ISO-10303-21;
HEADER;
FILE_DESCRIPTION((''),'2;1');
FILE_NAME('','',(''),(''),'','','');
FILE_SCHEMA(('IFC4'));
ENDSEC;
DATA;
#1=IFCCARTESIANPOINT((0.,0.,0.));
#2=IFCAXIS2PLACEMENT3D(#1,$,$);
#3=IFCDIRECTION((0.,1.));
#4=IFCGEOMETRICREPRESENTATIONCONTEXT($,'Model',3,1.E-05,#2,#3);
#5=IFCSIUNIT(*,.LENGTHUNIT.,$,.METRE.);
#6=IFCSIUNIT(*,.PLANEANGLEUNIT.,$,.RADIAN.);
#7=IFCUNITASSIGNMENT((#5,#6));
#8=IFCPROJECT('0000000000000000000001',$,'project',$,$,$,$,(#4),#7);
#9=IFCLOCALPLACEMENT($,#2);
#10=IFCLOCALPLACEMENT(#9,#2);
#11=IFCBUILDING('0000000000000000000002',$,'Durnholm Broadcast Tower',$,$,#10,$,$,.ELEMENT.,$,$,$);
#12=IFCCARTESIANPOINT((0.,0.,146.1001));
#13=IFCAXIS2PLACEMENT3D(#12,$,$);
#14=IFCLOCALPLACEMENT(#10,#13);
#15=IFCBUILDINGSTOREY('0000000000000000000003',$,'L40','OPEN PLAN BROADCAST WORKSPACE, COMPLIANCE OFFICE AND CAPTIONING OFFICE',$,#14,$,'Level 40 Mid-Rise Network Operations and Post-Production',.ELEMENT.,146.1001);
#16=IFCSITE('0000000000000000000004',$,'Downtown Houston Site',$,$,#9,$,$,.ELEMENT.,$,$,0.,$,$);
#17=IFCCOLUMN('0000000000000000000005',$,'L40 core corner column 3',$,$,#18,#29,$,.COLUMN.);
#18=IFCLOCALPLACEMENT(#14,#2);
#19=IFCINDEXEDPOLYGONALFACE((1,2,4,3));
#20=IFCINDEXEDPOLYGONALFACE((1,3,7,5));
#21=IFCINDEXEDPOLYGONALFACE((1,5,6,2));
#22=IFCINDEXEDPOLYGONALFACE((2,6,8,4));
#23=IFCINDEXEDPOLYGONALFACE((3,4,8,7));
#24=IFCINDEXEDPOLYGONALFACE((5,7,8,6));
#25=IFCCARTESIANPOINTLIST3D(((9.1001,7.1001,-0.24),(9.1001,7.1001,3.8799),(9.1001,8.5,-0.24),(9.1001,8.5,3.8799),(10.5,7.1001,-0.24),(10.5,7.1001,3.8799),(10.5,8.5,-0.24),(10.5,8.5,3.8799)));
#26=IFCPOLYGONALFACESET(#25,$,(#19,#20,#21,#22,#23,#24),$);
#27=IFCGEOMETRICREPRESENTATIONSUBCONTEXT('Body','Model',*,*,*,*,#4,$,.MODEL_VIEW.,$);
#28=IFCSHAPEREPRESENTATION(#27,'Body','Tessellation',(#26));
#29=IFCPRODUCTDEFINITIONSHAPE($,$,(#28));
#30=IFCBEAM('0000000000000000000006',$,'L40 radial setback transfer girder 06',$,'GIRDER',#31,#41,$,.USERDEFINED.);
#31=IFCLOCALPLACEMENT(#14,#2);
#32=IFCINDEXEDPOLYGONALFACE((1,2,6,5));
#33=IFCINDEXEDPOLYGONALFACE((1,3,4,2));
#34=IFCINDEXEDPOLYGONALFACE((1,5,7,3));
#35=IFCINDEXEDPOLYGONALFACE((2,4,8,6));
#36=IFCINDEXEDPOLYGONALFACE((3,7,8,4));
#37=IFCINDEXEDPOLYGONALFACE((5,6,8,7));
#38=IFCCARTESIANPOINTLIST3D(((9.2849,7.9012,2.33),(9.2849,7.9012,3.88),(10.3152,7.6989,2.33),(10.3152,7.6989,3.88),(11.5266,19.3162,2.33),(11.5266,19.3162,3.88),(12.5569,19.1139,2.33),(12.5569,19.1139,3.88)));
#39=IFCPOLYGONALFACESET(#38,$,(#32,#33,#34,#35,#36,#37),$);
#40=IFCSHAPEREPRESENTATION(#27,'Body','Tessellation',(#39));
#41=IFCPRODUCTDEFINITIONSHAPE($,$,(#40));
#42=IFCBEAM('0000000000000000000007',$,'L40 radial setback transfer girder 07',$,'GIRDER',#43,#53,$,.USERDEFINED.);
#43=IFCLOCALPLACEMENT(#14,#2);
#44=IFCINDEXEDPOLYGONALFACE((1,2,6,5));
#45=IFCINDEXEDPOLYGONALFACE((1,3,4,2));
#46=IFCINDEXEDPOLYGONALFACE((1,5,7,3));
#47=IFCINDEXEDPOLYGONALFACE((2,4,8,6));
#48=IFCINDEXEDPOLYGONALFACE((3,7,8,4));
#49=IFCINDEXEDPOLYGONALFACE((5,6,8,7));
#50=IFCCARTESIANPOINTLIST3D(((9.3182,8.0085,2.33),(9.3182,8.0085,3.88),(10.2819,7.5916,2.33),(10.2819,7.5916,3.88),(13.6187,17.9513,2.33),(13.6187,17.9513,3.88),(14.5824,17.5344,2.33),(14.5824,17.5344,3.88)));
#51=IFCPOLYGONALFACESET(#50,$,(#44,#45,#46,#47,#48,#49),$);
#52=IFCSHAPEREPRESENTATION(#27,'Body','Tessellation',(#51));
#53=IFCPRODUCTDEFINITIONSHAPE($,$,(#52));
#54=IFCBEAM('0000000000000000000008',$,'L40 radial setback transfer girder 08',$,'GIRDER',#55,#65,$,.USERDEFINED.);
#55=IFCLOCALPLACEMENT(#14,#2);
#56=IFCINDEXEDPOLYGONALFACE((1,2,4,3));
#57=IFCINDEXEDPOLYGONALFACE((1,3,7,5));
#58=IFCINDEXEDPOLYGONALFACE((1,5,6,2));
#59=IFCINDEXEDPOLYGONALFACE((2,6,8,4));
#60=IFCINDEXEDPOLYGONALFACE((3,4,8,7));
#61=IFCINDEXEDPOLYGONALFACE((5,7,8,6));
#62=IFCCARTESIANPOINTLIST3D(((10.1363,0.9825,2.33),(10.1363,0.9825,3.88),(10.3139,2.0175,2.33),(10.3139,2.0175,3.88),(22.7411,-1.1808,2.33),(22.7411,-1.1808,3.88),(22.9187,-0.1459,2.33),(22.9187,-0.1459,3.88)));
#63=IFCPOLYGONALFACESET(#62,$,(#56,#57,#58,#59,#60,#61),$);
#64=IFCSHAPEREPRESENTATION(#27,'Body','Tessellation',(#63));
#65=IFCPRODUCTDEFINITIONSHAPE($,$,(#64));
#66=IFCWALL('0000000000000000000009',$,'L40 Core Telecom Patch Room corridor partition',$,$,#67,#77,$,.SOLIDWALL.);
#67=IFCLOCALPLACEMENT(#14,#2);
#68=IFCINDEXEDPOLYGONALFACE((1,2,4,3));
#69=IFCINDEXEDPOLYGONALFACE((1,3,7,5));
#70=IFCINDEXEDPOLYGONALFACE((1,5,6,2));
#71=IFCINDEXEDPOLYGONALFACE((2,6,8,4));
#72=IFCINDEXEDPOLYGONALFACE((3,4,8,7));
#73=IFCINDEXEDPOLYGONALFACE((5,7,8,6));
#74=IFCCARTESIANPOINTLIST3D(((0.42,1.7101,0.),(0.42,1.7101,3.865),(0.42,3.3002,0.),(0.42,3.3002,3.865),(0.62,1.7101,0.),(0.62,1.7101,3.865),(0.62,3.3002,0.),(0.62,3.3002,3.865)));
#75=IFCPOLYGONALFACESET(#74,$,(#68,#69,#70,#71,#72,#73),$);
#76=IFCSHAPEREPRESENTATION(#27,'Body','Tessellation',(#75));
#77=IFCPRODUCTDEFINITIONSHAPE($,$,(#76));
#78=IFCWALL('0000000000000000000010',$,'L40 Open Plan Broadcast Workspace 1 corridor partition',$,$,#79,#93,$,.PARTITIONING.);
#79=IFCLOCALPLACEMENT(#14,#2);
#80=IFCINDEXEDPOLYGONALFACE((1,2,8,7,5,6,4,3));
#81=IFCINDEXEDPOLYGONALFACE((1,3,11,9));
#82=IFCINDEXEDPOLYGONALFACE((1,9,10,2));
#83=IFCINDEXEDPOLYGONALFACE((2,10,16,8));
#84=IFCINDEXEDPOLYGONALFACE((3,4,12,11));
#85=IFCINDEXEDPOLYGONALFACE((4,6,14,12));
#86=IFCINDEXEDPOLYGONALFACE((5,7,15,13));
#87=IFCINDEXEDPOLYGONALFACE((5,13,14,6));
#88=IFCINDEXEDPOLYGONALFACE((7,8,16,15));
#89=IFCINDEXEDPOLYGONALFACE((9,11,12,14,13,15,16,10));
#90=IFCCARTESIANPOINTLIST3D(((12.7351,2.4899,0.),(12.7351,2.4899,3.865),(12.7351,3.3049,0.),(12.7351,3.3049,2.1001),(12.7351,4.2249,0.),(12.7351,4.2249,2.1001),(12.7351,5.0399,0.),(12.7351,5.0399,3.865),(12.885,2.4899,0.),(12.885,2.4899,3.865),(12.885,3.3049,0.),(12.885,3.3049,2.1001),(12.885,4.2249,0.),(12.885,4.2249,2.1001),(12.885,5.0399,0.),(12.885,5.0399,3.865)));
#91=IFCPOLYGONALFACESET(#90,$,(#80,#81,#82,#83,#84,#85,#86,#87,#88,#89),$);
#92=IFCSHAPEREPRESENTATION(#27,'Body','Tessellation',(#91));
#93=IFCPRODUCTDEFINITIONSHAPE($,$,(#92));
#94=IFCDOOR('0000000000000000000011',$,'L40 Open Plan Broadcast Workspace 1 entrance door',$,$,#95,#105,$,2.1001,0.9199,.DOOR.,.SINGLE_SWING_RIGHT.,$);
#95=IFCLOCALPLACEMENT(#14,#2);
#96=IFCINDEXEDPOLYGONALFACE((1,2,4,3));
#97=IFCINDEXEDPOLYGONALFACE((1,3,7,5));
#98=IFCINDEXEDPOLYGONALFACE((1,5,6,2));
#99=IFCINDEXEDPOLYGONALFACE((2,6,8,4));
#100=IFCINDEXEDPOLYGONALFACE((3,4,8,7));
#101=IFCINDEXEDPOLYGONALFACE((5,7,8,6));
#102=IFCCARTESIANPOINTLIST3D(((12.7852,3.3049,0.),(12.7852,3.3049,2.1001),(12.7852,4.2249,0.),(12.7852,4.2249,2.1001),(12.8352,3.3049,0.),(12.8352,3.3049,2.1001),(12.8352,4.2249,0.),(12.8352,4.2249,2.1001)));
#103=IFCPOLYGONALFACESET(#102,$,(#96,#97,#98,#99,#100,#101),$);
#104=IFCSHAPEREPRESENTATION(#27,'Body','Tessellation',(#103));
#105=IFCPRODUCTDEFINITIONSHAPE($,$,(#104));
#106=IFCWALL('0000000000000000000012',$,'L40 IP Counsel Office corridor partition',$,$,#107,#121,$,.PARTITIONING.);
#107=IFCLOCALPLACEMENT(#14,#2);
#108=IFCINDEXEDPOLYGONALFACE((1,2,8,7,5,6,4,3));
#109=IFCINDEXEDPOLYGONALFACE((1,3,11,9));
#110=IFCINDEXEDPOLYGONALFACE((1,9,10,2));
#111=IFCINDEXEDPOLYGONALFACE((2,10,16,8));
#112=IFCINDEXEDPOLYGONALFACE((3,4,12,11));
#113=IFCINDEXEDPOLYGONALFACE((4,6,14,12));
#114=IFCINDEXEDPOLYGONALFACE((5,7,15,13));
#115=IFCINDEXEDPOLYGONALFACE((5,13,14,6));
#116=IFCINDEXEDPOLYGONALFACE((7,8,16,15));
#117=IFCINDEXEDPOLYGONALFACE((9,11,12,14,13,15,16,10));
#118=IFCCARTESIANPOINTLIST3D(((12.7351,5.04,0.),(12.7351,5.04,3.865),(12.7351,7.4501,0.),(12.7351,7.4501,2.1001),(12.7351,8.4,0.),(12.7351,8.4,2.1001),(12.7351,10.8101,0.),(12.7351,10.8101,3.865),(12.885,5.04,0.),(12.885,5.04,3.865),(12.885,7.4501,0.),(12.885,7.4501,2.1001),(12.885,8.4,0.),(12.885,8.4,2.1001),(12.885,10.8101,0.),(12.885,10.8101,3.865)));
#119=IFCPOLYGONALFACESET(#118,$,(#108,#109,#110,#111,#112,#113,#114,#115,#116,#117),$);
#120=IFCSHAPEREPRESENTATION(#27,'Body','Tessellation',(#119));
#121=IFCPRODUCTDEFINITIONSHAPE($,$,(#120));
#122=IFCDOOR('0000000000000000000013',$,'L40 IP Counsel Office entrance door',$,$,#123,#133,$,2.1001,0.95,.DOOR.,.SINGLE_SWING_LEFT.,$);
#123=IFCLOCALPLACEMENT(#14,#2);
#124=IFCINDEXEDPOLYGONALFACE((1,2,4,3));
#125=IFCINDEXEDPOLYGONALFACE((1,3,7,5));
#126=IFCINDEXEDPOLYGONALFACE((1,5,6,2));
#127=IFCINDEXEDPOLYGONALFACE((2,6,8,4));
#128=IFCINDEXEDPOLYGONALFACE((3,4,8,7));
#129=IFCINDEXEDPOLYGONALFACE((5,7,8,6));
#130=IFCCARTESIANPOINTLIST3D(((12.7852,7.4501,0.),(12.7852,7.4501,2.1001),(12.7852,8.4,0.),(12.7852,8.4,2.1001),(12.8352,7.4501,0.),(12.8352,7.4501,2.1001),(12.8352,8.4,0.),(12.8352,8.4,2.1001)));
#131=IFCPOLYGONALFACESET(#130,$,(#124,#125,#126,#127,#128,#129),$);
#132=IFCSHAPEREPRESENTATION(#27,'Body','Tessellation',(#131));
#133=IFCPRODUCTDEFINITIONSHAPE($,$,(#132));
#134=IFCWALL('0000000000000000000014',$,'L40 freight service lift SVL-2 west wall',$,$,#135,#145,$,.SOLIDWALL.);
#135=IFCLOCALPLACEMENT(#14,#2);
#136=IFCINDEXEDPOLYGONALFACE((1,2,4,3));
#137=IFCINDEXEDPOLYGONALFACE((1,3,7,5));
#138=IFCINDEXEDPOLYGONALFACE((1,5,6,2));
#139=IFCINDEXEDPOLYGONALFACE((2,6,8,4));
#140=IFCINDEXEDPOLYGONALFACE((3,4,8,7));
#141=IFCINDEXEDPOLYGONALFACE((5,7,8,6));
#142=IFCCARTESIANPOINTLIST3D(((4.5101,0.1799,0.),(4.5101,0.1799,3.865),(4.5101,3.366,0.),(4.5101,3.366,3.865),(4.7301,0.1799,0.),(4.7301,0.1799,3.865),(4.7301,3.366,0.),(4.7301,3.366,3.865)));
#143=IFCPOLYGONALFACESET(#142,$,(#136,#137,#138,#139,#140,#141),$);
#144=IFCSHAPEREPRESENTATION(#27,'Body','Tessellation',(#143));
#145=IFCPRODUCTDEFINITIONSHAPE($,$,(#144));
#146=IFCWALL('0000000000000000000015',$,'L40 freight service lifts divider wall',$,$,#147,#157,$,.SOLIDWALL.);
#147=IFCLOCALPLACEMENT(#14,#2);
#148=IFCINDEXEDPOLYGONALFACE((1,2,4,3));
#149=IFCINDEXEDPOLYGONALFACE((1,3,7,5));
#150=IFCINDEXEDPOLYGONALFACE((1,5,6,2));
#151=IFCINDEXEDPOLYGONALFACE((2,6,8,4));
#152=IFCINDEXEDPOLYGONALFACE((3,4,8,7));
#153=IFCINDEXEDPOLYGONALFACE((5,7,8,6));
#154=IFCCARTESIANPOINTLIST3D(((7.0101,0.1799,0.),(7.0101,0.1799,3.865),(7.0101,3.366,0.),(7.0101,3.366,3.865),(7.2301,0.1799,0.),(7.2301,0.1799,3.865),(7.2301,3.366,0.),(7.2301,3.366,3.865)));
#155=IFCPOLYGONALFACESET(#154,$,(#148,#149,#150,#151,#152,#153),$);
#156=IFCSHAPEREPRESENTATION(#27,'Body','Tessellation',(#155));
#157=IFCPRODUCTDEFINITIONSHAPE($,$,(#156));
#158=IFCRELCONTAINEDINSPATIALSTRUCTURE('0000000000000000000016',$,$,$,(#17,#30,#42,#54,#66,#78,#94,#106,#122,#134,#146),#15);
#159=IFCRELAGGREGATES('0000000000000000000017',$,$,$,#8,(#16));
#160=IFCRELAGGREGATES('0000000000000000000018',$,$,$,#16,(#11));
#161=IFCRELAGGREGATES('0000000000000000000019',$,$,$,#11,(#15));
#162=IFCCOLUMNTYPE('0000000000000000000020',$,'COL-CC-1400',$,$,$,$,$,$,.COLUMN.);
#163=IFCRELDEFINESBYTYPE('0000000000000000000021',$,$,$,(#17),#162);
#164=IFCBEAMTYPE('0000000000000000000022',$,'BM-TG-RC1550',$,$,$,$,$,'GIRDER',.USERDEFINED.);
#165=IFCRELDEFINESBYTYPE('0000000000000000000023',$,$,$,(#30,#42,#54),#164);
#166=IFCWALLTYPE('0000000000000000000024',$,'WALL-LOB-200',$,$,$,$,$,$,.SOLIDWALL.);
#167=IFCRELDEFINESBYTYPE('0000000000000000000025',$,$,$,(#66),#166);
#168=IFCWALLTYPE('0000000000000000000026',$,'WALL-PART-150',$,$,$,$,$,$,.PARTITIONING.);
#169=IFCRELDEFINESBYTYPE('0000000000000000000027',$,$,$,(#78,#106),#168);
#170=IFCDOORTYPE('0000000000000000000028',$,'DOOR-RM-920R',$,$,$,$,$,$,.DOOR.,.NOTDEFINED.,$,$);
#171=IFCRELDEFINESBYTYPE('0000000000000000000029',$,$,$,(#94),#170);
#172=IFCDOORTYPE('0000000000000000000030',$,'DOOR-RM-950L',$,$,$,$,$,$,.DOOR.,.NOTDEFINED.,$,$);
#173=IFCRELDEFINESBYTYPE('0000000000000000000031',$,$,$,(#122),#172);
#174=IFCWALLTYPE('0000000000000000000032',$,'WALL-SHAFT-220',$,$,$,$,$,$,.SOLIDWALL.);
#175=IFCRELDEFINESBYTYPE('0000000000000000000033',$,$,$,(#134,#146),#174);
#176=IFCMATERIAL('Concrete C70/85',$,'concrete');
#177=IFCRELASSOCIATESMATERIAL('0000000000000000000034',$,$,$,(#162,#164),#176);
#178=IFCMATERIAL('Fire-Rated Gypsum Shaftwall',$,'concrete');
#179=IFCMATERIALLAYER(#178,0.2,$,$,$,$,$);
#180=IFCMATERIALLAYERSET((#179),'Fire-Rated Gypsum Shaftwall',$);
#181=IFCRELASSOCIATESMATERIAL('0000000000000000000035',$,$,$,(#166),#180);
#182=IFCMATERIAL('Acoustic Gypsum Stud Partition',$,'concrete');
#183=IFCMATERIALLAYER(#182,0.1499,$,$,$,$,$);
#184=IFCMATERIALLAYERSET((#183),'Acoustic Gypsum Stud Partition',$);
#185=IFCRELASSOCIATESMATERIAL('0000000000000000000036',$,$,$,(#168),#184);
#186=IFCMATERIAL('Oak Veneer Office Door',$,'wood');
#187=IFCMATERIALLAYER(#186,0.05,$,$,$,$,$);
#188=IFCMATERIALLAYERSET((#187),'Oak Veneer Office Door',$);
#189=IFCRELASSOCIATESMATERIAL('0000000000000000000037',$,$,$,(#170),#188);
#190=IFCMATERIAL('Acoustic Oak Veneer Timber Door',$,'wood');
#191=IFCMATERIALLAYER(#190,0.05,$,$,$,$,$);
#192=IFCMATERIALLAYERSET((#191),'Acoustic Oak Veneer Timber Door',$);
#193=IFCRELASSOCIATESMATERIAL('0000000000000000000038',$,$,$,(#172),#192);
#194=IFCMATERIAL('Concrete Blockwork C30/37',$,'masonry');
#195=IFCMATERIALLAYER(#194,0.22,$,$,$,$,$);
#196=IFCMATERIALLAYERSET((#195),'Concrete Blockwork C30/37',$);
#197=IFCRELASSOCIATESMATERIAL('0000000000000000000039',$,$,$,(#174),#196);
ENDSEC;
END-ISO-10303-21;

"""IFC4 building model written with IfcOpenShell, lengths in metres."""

from ifc_helpers import new_model, si_unit, direction, frame, frame_2d, origin, origin_2d, place, context, subcontext, project, spatial, rectangle, extrude, source, transform, mapped, material, layer, layer_set, material_profile, profile_set, type_object, type_shapes, element, fill, save


model = new_model("IFC4")

# Units and contexts
model_context = context("Model", 3, precision=1e-05, world=origin(), true_north=direction((0.0, 1.0)))
body_context = subcontext(model_context, "Body", "Model", "MODEL_VIEW")
ifc_project = project(units=[si_unit("LENGTHUNIT", "METRE"), si_unit("PLANEANGLEUNIT", "RADIAN")], contexts=[model_context])

# Site, building, storey
site_placement = place(None, origin())
site = spatial("IfcSite", under=ifc_project, at=site_placement, Name="Downtown Houston Site", CompositionType="ELEMENT", RefElevation=0.0)
building_placement = place(site_placement, origin())
building = spatial("IfcBuilding", under=site, at=building_placement, Name="Durnholm Broadcast Tower", CompositionType="ELEMENT")
storey_placement = place(building_placement, frame((0.0, 0.0, 146.1001)))
storey = spatial("IfcBuildingStorey", under=building, at=storey_placement, Name="L40", Description="OPEN PLAN BROADCAST WORKSPACE, COMPLIANCE OFFICE AND CAPTIONING OFFICE", LongName="Level 40 Mid-Rise Network Operations and Post-Production", CompositionType="ELEMENT", Elevation=146.1001)

# Column
ifc_material_1 = material(Name="Concrete C70/85", Category="concrete")
ifc_material_profile_1 = material_profile(ifc_material_1, rectangle(XDim=1.3999, YDim=1.3999, at=origin_2d()), Name="RC1400X1400")
ifc_profile_set_1 = profile_set([ifc_material_profile_1], Name="Concrete C70/85")
column_type = type_object("IfcColumnType", Name="COL-CC-1400", PredefinedType="COLUMN", material=ifc_profile_set_1)
shared_shape_1 = source(origin(), body_context, "Body", "SweptSolid", [
    extrude(rectangle(XDim=1.3999, YDim=1.3999, at=origin_2d()), origin(), (0.0, 0.0, 1.0), 4.1199),
])
type_shapes(column_type, [shared_shape_1])
column_placement = place(storey_placement, frame((9.8, 7.8, -0.24), z_axis=(0.0, 0.0, 1.0), x_axis=(1.0, 0.0, 0.0)))
element("IfcColumn", 1, at=column_placement, inside=storey, type_object=column_type, Name="L40 core corner column 3", PredefinedType="COLUMN", context=body_context, shape_type="MappedRepresentation", body=[
    mapped(shared_shape_1, transform((0.0, 0.0, 0.0), x_axis=(1.0, 0.0, 0.0), y_axis=(0.0, 1.0, 0.0), z_axis=(0.0, 0.0, 1.0), scale=1.0)),
])

# Beams
ifc_material_profile_2 = material_profile(ifc_material_1, rectangle(XDim=1.05, YDim=1.55, at=origin_2d()), Name="RC1050X1550")
ifc_profile_set_2 = profile_set([ifc_material_profile_2], Name="Concrete C70/85")
beam_type = type_object("IfcBeamType", Name="BM-TG-RC1550", ElementType="GIRDER", PredefinedType="USERDEFINED", material=ifc_profile_set_2)
shared_shape_2 = source(origin(), body_context, "Body", "SweptSolid", [
    extrude(rectangle(XDim=1.05, YDim=1.55, at=origin_2d()), origin(), (0.0, 0.0, 1.0), 11.6331),
])
beam_1_placement = place(storey_placement, frame((9.8, 7.8, 3.105), z_axis=(0.192701, 0.981258, 0.0), x_axis=(-0.981258, 0.192701, 0.0)))
element("IfcBeam", 2, at=beam_1_placement, inside=storey, type_object=beam_type, Name="L40 radial setback transfer girder 06", ObjectType="GIRDER", PredefinedType="USERDEFINED", context=body_context, shape_type="MappedRepresentation", body=[
    mapped(shared_shape_2, transform((0.0, 0.0, 0.0), x_axis=(1.0, 0.0, 0.0), y_axis=(0.0, 1.0, 0.0), z_axis=(0.0, 0.0, 1.0), scale=1.0)),
])
shared_shape_3 = source(origin(), body_context, "Body", "SweptSolid", [
    extrude(rectangle(XDim=1.05, YDim=1.55, at=origin_2d()), origin(), (0.0, 0.0, 1.0), 10.833),
])
beam_2_placement = place(storey_placement, frame((9.8, 7.8, 3.105), z_axis=(0.396982, 0.917826, 0.0), x_axis=(-0.917826, 0.396982, 0.0)))
element("IfcBeam", 3, at=beam_2_placement, inside=storey, type_object=beam_type, Name="L40 radial setback transfer girder 07", ObjectType="GIRDER", PredefinedType="USERDEFINED", context=body_context, shape_type="MappedRepresentation", body=[
    mapped(shared_shape_3, transform((0.0, 0.0, 0.0), x_axis=(1.0, 0.0, 0.0), y_axis=(0.0, 1.0, 0.0), z_axis=(0.0, 0.0, 1.0), scale=1.0)),
])
shared_shape_4 = source(origin(), body_context, "Body", "SweptSolid", [
    extrude(rectangle(XDim=1.05, YDim=1.55, at=origin_2d()), origin(), (0.0, 0.0, 1.0), 12.7891),
])
type_shapes(beam_type, [shared_shape_2, shared_shape_3, shared_shape_4])
beam_3_placement = place(storey_placement, frame((10.2251, 1.5, 3.105), z_axis=(0.985589, -0.169155, 0.0), x_axis=(0.169155, 0.985589, 0.0)))
element("IfcBeam", 4, at=beam_3_placement, inside=storey, type_object=beam_type, Name="L40 radial setback transfer girder 08", ObjectType="GIRDER", PredefinedType="USERDEFINED", context=body_context, shape_type="MappedRepresentation", body=[
    mapped(shared_shape_4, transform((0.0, 0.0, 0.0), x_axis=(1.0, 0.0, 0.0), y_axis=(0.0, 1.0, 0.0), z_axis=(0.0, 0.0, 1.0), scale=1.0)),
])

# Wall
ifc_material_2 = material(Name="Fire-Rated Gypsum Shaftwall", Category="concrete")
ifc_layer_1 = layer(ifc_material_2, 0.2)
ifc_layer_set_1 = layer_set([ifc_layer_1], Name="Fire-Rated Gypsum Shaftwall")
wall_type_1 = type_object("IfcWallType", Name="WALL-LOB-200", PredefinedType="SOLIDWALL", material=ifc_layer_set_1)
wall_1_placement = place(storey_placement, frame((0.52, 3.3, 0.0), z_axis=(0.0, 0.0, 1.0), x_axis=(0.0, -1.0, 0.0)))
element("IfcWall", 5, at=wall_1_placement, inside=storey, type_object=wall_type_1, Name="L40 Core Telecom Patch Room corridor partition", PredefinedType="SOLIDWALL", context=body_context, shape_type="SweptSolid", body=[
    extrude(rectangle(XDim=1.5901, YDim=0.2, at=frame_2d((0.7949, 0.0))), origin(), (0.0, 0.0, 1.0), 3.865),
])

# Walls, openings, doors
ifc_material_3 = material(Name="Acoustic Gypsum Stud Partition", Category="concrete")
ifc_layer_2 = layer(ifc_material_3, 0.1499)
ifc_layer_set_2 = layer_set([ifc_layer_2], Name="Acoustic Gypsum Stud Partition")
wall_type_2 = type_object("IfcWallType", Name="WALL-PART-150", PredefinedType="PARTITIONING", material=ifc_layer_set_2)
wall_2_placement = place(storey_placement, frame((12.8101, 2.49, 0.0), z_axis=(0.0, 0.0, 1.0), x_axis=(0.0, 1.0, 0.0)))
wall_2 = element("IfcWall", 6, at=wall_2_placement, inside=storey, type_object=wall_type_2, Name="L40 Open Plan Broadcast Workspace 1 corridor partition", PredefinedType="PARTITIONING", context=body_context, shape_type="SweptSolid", body=[
    extrude(rectangle(XDim=2.55, YDim=0.1499, at=frame_2d((1.2749, 0.0))), origin(), (0.0, 0.0, 1.0), 3.865),
])
opening_1_placement = place(wall_2_placement, frame((0.8149, 0.0, 0.0)))
opening_1 = element("IfcOpeningElement", 7, at=opening_1_placement, cuts=wall_2, PredefinedType="OPENING", context=body_context, shape_type="SweptSolid", body=[
    extrude(rectangle(XDim=0.9199, YDim=2.1001, at=frame_2d((0.46, 1.05))), frame((0.0, 0.085, 0.0), z_axis=(0.0, -1.0, 0.0), x_axis=(1.0, 0.0, 0.0)), (0.0, 0.0, 1.0), 0.1699),
])
ifc_material_4 = material(Name="Oak Veneer Office Door", Category="wood")
ifc_layer_3 = layer(ifc_material_4, 0.05)
ifc_layer_set_3 = layer_set([ifc_layer_3], Name="Oak Veneer Office Door")
door_type_1 = type_object("IfcDoorType", Name="DOOR-RM-920R", OperationType="NOTDEFINED", PredefinedType="DOOR", material=ifc_layer_set_3)
shared_shape_5 = source(origin(), body_context, "Body", "SweptSolid", [
    extrude(rectangle(XDim=0.9199, YDim=2.1001, at=frame_2d((0.46, 1.05))), frame((0.0, 0.0249, 0.0), z_axis=(0.0, -1.0, 0.0), x_axis=(1.0, 0.0, 0.0)), (0.0, 0.0, 1.0), 0.05),
])
type_shapes(door_type_1, [shared_shape_5])
door_1_placement = place(opening_1_placement, origin())
door_1 = element("IfcDoor", 8, at=door_1_placement, inside=storey, type_object=door_type_1, Name="L40 Open Plan Broadcast Workspace 1 entrance door", OperationType="SINGLE_SWING_RIGHT", OverallHeight=2.1001, OverallWidth=0.9199, PredefinedType="DOOR", context=body_context, shape_type="MappedRepresentation", body=[
    mapped(shared_shape_5, transform((0.0, 0.0, 0.0), x_axis=(1.0, 0.0, 0.0), y_axis=(0.0, 1.0, 0.0), z_axis=(0.0, 0.0, 1.0), scale=1.0)),
])
fill(opening_1, door_1)
wall_3_placement = place(storey_placement, frame((12.8101, 5.04, 0.0), z_axis=(0.0, 0.0, 1.0), x_axis=(0.0, 1.0, 0.0)))
wall_3 = element("IfcWall", 9, at=wall_3_placement, inside=storey, type_object=wall_type_2, Name="L40 IP Counsel Office corridor partition", PredefinedType="PARTITIONING", context=body_context, shape_type="SweptSolid", body=[
    extrude(rectangle(XDim=5.77, YDim=0.1499, at=frame_2d((2.885, 0.0))), origin(), (0.0, 0.0, 1.0), 3.865),
])
opening_2_placement = place(wall_3_placement, frame((2.4099, 0.0, 0.0)))
opening_2 = element("IfcOpeningElement", 10, at=opening_2_placement, cuts=wall_3, PredefinedType="OPENING", context=body_context, shape_type="SweptSolid", body=[
    extrude(rectangle(XDim=0.95, YDim=2.1001, at=frame_2d((0.4751, 1.05))), frame((0.0, 0.085, 0.0), z_axis=(0.0, -1.0, 0.0), x_axis=(1.0, 0.0, 0.0)), (0.0, 0.0, 1.0), 0.1699),
])
ifc_material_5 = material(Name="Acoustic Oak Veneer Timber Door", Category="wood")
ifc_layer_4 = layer(ifc_material_5, 0.05)
ifc_layer_set_4 = layer_set([ifc_layer_4], Name="Acoustic Oak Veneer Timber Door")
door_type_2 = type_object("IfcDoorType", Name="DOOR-RM-950L", OperationType="NOTDEFINED", PredefinedType="DOOR", material=ifc_layer_set_4)
shared_shape_6 = source(origin(), body_context, "Body", "SweptSolid", [
    extrude(rectangle(XDim=0.95, YDim=2.1001, at=frame_2d((0.4751, 1.05))), frame((0.0, 0.0249, 0.0), z_axis=(0.0, -1.0, 0.0), x_axis=(1.0, 0.0, 0.0)), (0.0, 0.0, 1.0), 0.05),
])
type_shapes(door_type_2, [shared_shape_6])
door_2_placement = place(opening_2_placement, origin())
door_2 = element("IfcDoor", 11, at=door_2_placement, inside=storey, type_object=door_type_2, Name="L40 IP Counsel Office entrance door", OperationType="SINGLE_SWING_LEFT", OverallHeight=2.1001, OverallWidth=0.95, PredefinedType="DOOR", context=body_context, shape_type="MappedRepresentation", body=[
    mapped(shared_shape_6, transform((0.0, 0.0, 0.0), x_axis=(1.0, 0.0, 0.0), y_axis=(0.0, 1.0, 0.0), z_axis=(0.0, 0.0, 1.0), scale=1.0)),
])
fill(opening_2, door_2)

# Shared definitions
ifc_material_6 = material(Name="Concrete Blockwork C30/37", Category="masonry")
ifc_layer_5 = layer(ifc_material_6, 0.22)
ifc_layer_set_5 = layer_set([ifc_layer_5], Name="Concrete Blockwork C30/37")
wall_type_3 = type_object("IfcWallType", Name="WALL-SHAFT-220", PredefinedType="SOLIDWALL", material=ifc_layer_set_5)

# Walls
for number, where, z_axis, x_axis, name in (
    (12, (4.6201, 0.1799, 0.0), (0.0, 0.0, 1.0), (0.0, 1.0, 0.0), "L40 freight service lift SVL-2 west wall"),
    (13, (7.1201, 0.1799, 0.0), (0.0, 0.0, 1.0), (0.0, 1.0, 0.0), "L40 freight service lifts divider wall"),
):
    element("IfcWall", number, at=place(storey_placement, frame(where, z_axis=z_axis, x_axis=x_axis)), inside=storey, type_object=wall_type_3, Name=name, PredefinedType="SOLIDWALL", context=body_context, shape_type="SweptSolid", body=[
        extrude(rectangle(XDim=3.186, YDim=0.22, at=frame_2d((1.593, 0.0))), origin(), (0.0, 0.0, 1.0), 3.865),
    ])

save(model, "model.ifc")
